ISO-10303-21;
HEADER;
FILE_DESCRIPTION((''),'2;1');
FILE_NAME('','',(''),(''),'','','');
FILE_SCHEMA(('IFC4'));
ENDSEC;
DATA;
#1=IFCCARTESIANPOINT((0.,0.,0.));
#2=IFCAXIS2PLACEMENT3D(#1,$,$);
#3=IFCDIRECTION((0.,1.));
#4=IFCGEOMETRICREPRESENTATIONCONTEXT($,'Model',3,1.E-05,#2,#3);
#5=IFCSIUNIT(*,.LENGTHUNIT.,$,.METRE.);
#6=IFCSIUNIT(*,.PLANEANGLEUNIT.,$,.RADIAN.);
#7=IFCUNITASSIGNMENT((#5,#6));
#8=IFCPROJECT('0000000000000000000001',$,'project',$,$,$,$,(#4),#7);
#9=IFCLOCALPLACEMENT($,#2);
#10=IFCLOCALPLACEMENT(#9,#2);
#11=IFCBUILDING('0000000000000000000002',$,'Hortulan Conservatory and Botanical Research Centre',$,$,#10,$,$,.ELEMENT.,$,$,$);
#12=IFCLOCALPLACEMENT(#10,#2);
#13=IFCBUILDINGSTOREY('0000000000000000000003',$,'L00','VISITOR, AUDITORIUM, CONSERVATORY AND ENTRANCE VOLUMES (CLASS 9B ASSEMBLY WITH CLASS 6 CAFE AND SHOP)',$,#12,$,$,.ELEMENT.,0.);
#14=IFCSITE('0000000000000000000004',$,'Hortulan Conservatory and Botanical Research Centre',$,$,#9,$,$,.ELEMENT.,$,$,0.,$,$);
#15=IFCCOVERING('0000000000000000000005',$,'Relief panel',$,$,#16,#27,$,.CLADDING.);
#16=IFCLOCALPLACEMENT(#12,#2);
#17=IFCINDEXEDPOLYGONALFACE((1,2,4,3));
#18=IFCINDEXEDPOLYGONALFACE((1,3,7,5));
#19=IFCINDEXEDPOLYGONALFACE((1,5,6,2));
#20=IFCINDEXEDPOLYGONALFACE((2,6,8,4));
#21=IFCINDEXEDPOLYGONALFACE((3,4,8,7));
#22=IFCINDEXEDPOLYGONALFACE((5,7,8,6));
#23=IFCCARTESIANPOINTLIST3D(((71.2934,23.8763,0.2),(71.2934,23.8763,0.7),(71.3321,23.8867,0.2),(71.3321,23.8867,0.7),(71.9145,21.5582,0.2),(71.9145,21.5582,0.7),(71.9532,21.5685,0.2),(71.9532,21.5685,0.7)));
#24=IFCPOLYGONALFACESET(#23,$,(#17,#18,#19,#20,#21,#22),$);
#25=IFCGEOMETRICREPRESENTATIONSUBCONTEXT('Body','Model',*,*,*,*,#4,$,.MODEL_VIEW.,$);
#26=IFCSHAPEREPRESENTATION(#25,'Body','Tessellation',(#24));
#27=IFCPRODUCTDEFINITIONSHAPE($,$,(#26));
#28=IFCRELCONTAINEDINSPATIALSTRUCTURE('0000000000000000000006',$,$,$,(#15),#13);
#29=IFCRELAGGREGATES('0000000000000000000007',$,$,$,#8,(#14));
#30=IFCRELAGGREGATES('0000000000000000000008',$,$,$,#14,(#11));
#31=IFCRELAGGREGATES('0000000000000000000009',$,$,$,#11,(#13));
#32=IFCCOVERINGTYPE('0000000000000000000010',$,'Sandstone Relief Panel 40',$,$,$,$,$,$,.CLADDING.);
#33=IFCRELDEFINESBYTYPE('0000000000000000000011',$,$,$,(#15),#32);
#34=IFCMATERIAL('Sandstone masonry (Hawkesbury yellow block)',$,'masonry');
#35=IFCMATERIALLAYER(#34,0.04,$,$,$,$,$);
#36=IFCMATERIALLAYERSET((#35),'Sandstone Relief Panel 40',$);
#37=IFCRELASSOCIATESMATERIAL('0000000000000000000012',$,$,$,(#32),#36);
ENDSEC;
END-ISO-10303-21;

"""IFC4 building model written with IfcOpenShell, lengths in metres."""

from ifc_helpers import new_model, si_unit, direction, frame, origin, origin_2d, place, context, subcontext, project, spatial, rectangle, extrude, material, layer, layer_set, type_object, element, save


model = new_model("IFC4")

# Units and contexts
model_context = context("Model", 3, precision=1e-05, world=origin(), true_north=direction((0.0, 1.0)))
body_context = subcontext(model_context, "Body", "Model", "MODEL_VIEW")
ifc_project = project(units=[si_unit("LENGTHUNIT", "METRE"), si_unit("PLANEANGLEUNIT", "RADIAN")], contexts=[model_context])

# Site, building, storey
site_placement = place(None, origin())
site = spatial("IfcSite", under=ifc_project, at=site_placement, Name="Hortulan Conservatory and Botanical Research Centre", CompositionType="ELEMENT", RefElevation=0.0)
building_placement = place(site_placement, origin())
building = spatial("IfcBuilding", under=site, at=building_placement, Name="Hortulan Conservatory and Botanical Research Centre", CompositionType="ELEMENT")
storey_placement = place(building_placement, origin())
storey = spatial("IfcBuildingStorey", under=building, at=storey_placement, Name="L00", Description="VISITOR, AUDITORIUM, CONSERVATORY AND ENTRANCE VOLUMES (CLASS 9B ASSEMBLY WITH CLASS 6 CAFE AND SHOP)", CompositionType="ELEMENT", Elevation=0.0)

# Shared definitions
ifc_material_1 = material(Name="Sandstone masonry (Hawkesbury yellow block)", Category="masonry")

# Covering
ifc_layer_1 = layer(ifc_material_1, 0.04)
ifc_layer_set_1 = layer_set([ifc_layer_1], Name="Sandstone Relief Panel 40")
covering_type = type_object("IfcCoveringType", Name="Sandstone Relief Panel 40", PredefinedType="CLADDING", material=ifc_layer_set_1)
covering_placement = place(storey_placement, frame((71.6233, 22.7224, 0.2), z_axis=(0.0, 0.0, 1.0), x_axis=(0.258822, -0.965925, 0.0)))
element("IfcCovering", 1, at=covering_placement, inside=storey, type_object=covering_type, Name="Relief panel", PredefinedType="CLADDING", context=body_context, shape_type="SweptSolid", body=[
    extrude(rectangle(XDim=2.3999, YDim=0.04, at=origin_2d()), origin(), (0.0, 0.0, 1.0), 0.5),
])

save(model, "model.ifc")
